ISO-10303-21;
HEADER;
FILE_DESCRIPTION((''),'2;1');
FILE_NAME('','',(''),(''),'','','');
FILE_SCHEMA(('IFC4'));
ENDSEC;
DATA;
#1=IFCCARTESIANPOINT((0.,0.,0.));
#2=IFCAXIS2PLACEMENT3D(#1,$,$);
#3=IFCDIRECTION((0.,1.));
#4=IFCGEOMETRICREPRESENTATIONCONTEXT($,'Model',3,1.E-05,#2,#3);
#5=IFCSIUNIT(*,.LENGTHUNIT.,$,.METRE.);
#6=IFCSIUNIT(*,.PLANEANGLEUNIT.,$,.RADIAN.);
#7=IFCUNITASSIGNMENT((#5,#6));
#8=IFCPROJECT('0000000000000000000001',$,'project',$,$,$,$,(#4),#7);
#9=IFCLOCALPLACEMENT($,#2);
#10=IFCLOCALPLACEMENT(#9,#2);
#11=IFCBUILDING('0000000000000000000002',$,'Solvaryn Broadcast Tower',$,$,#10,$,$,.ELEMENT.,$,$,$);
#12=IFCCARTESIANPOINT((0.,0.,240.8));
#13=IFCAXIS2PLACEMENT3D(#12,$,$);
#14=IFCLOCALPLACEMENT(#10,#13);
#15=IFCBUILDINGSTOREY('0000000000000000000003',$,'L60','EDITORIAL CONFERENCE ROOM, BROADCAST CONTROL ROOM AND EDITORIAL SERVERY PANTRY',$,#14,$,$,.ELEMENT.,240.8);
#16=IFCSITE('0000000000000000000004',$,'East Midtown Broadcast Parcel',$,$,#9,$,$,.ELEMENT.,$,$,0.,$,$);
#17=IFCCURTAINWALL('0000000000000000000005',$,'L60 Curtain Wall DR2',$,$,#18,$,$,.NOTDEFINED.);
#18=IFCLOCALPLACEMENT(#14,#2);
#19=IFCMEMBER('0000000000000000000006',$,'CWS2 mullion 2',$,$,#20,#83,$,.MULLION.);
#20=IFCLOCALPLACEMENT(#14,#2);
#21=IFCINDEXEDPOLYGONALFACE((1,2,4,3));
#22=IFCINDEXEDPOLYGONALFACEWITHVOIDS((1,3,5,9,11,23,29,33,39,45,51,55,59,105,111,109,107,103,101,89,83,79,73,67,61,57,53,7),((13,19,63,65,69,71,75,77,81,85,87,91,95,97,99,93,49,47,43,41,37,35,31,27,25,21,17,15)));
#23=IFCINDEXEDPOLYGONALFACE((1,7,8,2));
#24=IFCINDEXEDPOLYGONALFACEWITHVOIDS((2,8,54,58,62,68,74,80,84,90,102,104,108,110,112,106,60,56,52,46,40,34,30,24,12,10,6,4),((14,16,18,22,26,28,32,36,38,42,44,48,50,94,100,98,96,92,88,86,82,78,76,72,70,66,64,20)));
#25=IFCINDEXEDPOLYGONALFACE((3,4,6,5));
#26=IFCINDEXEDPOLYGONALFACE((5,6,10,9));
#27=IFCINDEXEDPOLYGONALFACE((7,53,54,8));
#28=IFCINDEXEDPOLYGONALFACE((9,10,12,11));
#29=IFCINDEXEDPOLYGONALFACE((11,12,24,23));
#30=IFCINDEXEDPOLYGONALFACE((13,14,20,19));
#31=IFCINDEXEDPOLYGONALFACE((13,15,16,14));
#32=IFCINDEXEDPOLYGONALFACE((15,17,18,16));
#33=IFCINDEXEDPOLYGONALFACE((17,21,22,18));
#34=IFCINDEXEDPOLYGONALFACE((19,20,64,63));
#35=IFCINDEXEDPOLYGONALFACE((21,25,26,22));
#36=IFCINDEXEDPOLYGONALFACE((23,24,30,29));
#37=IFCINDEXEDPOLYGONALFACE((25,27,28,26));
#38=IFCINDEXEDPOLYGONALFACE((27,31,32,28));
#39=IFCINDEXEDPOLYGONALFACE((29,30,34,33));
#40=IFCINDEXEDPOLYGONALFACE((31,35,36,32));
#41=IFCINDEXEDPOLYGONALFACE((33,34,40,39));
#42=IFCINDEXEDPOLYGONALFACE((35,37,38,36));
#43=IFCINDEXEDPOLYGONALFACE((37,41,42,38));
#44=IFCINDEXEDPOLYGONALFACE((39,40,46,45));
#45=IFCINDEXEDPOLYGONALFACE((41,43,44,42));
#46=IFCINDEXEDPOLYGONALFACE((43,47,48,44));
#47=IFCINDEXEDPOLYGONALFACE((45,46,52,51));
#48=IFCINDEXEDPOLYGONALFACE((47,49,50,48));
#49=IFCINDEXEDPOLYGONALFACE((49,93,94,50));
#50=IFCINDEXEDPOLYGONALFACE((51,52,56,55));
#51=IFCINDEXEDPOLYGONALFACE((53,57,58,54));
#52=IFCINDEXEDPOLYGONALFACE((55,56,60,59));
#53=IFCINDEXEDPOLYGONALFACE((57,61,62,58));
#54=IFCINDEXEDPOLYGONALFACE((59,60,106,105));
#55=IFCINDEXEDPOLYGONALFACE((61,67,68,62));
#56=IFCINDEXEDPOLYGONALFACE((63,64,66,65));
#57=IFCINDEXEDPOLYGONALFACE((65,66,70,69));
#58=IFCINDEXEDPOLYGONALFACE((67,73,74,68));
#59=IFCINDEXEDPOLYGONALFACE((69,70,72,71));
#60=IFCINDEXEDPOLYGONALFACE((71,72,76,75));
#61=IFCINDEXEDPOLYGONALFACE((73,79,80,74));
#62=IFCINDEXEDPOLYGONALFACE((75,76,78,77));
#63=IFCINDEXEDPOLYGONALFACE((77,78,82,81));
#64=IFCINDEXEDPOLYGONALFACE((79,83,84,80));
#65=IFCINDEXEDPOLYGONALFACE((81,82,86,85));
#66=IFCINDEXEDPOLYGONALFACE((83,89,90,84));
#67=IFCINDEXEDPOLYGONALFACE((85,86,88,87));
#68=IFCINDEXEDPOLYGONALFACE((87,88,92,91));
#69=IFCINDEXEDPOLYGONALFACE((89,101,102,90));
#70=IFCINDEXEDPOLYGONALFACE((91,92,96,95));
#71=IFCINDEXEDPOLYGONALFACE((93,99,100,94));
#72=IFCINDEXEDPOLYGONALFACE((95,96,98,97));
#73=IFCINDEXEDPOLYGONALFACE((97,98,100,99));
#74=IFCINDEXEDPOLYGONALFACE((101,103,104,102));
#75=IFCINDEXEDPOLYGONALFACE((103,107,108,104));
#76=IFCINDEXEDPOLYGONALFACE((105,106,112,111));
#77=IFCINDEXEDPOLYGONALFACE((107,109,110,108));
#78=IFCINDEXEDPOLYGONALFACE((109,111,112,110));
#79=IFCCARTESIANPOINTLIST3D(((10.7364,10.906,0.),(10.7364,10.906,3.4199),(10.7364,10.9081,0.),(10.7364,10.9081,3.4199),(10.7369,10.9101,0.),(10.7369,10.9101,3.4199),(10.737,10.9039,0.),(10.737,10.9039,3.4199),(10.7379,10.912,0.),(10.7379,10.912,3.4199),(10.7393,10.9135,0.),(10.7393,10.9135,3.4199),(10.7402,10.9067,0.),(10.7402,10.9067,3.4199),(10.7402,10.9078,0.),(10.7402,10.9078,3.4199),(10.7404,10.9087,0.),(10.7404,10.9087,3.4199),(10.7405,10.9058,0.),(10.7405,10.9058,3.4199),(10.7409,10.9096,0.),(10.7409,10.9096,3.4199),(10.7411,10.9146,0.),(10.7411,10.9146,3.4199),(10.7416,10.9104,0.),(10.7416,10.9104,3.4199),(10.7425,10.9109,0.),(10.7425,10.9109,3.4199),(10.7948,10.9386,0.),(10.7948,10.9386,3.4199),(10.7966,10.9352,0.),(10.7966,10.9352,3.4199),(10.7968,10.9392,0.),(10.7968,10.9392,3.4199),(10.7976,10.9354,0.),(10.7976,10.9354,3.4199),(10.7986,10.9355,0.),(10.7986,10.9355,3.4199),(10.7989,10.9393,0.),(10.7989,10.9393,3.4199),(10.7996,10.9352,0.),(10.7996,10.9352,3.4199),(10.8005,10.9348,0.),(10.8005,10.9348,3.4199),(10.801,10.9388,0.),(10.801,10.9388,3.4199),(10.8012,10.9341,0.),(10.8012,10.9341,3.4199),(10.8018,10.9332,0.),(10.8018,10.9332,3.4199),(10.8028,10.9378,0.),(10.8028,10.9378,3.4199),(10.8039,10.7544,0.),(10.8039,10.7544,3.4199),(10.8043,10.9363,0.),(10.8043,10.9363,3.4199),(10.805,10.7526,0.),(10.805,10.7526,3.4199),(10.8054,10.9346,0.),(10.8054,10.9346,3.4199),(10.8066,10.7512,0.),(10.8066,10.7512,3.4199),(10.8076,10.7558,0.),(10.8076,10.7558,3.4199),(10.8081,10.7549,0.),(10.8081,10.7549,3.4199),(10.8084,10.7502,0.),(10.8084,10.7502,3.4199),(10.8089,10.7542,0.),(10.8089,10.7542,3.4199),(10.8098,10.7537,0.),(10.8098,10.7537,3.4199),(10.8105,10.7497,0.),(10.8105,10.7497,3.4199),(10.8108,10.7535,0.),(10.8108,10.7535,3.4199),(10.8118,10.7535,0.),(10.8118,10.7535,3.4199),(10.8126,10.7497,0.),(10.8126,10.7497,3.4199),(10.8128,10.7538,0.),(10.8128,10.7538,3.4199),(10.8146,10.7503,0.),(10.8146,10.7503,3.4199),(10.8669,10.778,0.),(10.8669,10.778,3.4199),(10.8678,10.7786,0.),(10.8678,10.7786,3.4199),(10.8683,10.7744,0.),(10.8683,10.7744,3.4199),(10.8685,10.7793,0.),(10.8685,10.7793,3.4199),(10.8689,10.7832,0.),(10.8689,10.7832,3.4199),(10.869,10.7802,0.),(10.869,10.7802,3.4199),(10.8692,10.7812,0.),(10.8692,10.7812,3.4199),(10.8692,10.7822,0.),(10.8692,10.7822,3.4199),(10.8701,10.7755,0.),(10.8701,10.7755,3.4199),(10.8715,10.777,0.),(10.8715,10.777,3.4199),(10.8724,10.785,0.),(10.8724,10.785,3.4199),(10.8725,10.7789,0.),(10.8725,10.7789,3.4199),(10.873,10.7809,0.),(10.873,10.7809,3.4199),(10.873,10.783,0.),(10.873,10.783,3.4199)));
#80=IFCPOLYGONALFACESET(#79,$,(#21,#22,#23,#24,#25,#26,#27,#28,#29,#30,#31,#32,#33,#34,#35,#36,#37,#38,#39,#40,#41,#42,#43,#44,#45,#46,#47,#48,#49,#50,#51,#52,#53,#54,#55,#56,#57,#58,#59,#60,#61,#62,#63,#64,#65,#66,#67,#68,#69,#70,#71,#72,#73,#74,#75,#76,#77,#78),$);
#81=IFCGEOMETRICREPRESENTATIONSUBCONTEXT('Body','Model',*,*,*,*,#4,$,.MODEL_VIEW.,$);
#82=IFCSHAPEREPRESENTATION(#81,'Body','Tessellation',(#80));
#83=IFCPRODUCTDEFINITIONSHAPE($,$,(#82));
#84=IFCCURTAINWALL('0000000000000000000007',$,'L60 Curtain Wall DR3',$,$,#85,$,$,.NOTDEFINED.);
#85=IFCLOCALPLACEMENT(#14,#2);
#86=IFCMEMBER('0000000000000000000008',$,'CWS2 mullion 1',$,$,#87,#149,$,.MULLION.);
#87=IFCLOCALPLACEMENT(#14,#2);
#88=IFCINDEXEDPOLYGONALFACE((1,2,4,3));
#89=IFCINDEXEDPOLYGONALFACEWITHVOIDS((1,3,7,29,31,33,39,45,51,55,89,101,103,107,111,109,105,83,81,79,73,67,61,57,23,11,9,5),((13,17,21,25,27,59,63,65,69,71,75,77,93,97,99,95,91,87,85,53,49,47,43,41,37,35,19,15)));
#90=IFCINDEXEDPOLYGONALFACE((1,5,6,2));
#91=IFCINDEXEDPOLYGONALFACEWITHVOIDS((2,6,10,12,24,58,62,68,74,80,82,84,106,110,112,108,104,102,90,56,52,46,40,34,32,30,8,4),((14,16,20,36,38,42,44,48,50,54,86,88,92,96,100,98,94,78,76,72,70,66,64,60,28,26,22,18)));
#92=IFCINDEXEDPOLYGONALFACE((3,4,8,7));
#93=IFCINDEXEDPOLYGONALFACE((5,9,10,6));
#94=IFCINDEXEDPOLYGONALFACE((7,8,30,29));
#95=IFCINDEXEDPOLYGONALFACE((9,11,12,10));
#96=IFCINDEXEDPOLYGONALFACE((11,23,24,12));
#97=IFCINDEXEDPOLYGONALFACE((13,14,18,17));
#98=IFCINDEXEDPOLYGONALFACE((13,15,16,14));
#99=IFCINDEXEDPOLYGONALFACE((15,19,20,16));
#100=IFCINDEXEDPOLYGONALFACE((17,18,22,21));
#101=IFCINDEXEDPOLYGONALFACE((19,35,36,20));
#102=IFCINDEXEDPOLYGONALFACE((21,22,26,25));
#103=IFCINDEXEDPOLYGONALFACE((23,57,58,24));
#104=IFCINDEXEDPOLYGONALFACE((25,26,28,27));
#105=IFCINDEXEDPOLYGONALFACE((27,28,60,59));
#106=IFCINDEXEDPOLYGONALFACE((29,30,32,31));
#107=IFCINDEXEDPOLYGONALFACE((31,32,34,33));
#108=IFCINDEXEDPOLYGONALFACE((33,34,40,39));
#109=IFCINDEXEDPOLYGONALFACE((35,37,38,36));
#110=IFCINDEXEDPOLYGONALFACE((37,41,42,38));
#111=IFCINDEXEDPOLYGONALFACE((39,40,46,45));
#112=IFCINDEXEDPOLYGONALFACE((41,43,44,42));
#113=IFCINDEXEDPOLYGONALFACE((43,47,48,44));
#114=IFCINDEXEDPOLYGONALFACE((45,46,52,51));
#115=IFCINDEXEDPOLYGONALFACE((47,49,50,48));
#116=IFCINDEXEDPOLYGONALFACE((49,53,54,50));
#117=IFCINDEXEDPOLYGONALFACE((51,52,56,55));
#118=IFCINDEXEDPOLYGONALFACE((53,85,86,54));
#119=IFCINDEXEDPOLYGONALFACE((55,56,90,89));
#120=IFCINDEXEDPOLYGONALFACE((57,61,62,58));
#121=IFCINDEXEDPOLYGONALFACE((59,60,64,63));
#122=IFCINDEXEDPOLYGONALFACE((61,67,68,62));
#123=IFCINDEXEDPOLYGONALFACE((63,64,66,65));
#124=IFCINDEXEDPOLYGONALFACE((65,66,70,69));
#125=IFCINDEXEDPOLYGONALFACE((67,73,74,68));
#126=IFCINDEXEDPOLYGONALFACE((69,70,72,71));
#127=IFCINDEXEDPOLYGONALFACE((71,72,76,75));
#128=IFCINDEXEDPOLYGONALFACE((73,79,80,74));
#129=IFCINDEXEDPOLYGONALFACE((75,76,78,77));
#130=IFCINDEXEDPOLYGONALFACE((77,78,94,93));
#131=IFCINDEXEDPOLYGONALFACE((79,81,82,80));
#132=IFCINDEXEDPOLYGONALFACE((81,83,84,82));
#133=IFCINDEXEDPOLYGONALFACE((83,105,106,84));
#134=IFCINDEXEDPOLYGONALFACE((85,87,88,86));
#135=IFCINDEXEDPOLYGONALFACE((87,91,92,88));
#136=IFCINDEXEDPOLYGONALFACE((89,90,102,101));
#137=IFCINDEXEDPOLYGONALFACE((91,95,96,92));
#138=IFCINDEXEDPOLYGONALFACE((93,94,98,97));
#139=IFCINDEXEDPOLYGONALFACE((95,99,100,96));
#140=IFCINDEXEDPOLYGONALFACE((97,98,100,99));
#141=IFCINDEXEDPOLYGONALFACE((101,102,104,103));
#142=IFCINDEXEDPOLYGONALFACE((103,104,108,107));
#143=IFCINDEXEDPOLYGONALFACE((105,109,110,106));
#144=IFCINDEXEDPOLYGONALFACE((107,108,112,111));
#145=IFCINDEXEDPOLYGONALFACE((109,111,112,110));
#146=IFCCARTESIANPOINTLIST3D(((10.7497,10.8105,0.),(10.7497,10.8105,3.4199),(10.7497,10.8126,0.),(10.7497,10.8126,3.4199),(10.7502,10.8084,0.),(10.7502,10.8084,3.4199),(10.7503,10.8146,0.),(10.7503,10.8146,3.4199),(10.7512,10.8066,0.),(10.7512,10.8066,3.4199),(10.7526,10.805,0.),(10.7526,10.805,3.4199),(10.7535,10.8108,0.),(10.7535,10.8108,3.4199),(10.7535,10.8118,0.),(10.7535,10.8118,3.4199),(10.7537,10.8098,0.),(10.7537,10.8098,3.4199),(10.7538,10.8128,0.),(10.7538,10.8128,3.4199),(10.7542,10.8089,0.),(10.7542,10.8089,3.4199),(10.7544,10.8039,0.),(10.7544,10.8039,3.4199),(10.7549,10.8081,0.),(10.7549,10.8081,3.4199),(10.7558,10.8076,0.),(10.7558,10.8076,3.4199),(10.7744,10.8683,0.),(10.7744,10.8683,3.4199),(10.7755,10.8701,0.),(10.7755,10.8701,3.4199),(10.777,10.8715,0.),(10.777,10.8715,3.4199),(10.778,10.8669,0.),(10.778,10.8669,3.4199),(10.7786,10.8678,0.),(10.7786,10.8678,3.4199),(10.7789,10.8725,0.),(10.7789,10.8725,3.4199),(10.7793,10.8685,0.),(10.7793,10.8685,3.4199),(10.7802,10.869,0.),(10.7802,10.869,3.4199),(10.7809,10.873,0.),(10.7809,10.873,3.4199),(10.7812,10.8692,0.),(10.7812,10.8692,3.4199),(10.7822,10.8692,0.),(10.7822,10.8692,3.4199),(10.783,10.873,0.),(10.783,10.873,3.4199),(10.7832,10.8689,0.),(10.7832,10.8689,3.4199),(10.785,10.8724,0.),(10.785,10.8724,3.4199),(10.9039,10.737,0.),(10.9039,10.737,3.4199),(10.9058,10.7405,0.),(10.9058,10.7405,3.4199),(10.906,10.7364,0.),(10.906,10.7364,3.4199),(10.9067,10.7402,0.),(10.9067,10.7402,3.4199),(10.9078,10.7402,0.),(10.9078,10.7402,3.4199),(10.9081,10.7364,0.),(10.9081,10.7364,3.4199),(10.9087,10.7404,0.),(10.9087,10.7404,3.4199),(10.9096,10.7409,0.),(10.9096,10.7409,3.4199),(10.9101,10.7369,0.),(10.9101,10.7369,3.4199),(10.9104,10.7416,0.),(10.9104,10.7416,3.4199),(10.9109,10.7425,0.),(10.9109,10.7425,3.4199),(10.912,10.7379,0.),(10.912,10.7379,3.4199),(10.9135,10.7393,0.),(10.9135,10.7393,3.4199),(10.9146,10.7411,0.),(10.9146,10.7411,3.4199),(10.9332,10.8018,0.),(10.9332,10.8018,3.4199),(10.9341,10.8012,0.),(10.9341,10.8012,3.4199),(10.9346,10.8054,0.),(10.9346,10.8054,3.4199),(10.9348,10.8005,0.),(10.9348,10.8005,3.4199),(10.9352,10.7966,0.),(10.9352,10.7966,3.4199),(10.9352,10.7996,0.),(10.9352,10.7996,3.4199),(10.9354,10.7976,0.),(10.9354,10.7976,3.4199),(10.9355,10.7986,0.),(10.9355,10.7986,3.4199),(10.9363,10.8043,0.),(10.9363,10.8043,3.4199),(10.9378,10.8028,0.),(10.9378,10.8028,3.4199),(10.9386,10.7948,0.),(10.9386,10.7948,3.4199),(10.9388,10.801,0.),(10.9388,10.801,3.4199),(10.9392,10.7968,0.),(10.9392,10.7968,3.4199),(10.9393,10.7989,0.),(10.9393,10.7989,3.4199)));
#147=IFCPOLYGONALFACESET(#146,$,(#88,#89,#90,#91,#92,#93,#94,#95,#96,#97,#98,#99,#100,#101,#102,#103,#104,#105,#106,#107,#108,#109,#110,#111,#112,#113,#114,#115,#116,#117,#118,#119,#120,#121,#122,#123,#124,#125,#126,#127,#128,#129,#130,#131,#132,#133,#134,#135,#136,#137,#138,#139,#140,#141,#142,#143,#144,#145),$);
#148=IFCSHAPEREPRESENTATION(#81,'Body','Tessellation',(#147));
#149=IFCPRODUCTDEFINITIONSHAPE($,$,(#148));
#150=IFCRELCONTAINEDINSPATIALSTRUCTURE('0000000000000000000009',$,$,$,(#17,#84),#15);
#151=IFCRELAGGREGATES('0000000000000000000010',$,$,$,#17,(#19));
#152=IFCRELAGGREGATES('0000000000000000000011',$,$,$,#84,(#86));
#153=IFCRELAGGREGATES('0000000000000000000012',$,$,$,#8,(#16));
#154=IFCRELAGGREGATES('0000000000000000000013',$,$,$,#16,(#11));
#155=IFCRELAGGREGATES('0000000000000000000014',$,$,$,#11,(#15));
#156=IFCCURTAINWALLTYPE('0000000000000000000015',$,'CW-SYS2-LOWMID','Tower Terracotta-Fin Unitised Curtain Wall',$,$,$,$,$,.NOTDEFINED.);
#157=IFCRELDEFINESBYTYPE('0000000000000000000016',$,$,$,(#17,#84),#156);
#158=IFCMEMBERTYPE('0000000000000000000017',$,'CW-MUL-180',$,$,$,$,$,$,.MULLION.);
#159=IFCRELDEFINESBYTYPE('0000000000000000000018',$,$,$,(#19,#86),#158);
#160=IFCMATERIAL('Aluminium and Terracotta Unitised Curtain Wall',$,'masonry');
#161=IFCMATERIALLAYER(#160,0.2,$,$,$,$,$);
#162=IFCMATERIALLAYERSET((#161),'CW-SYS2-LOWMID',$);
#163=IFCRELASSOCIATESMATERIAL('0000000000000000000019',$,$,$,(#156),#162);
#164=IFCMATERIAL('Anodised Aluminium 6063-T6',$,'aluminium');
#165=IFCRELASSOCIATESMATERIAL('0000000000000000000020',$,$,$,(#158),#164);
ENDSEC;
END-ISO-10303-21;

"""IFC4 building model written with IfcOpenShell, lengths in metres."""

from ifc_helpers import new_model, si_unit, direction, frame, origin, origin_2d, place, context, subcontext, project, spatial, hollow_rectangle, extrude, material, layer, layer_set, material_profile, profile_set, type_object, element, aggregate, save


model = new_model("IFC4")

# Units and contexts
model_context = context("Model", 3, precision=1e-05, world=origin(), true_north=direction((0.0, 1.0)))
body_context = subcontext(model_context, "Body", "Model", "MODEL_VIEW")
ifc_project = project(units=[si_unit("LENGTHUNIT", "METRE"), si_unit("PLANEANGLEUNIT", "RADIAN")], contexts=[model_context])

# Site, building, storey
site_placement = place(None, origin())
site = spatial("IfcSite", under=ifc_project, at=site_placement, Name="East Midtown Broadcast Parcel", CompositionType="ELEMENT", RefElevation=0.0)
building_placement = place(site_placement, origin())
building = spatial("IfcBuilding", under=site, at=building_placement, Name="Solvaryn Broadcast Tower", CompositionType="ELEMENT")
storey_placement = place(building_placement, frame((0.0, 0.0, 240.8)))
storey = spatial("IfcBuildingStorey", under=building, at=storey_placement, Name="L60", Description="EDITORIAL CONFERENCE ROOM, BROADCAST CONTROL ROOM AND EDITORIAL SERVERY PANTRY", CompositionType="ELEMENT", Elevation=240.8)

# Curtain wall, member
ifc_material_1 = material(Name="Aluminium and Terracotta Unitised Curtain Wall", Category="masonry")
ifc_layer_1 = layer(ifc_material_1, 0.2)
ifc_layer_set_1 = layer_set([ifc_layer_1], Name="CW-SYS2-LOWMID")
curtain_wall_type = type_object("IfcCurtainWallType", Name="CW-SYS2-LOWMID", Description="Tower Terracotta-Fin Unitised Curtain Wall", PredefinedType="NOTDEFINED", material=ifc_layer_set_1)
curtain_wall_1_placement = place(storey_placement, origin())
curtain_wall_1 = element("IfcCurtainWall", 1, at=curtain_wall_1_placement, inside=storey, type_object=curtain_wall_type, Name="L60 Curtain Wall DR2", PredefinedType="NOTDEFINED")
ifc_material_2 = material(Name="Anodised Aluminium 6063-T6", Category="aluminium")
ifc_material_profile_1 = material_profile(ifc_material_2, hollow_rectangle(XDim=0.075, YDim=0.1799, WallThickness=0.0039, InnerFilletRadius=0.0039, OuterFilletRadius=0.0081, at=origin_2d()))
ifc_profile_set_1 = profile_set([ifc_material_profile_1], Name="Anodised Aluminium 6063-T6")
member_type_1 = type_object("IfcMemberType", Name="CW-MUL-180", PredefinedType="MULLION", material=ifc_profile_set_1)
member_1_placement = place(storey_placement, frame((10.8047, 10.8445, 0.0), z_axis=(0.0, 0.0, 1.0), x_axis=(0.912774, 0.408466, 0.0)))
member_1 = element("IfcMember", 2, at=member_1_placement, type_object=member_type_1, Name="CWS2 mullion 2", PredefinedType="MULLION", context=body_context, shape_type="SweptSolid", body=[
    extrude(hollow_rectangle(XDim=0.075, YDim=0.1799, WallThickness=0.0039, InnerFilletRadius=0.0039, OuterFilletRadius=0.0081, at=origin_2d()), origin(), (0.0, 0.0, 1.0), 3.4199),
])
aggregate(curtain_wall_1, [member_1])

# Curtain wall, member
curtain_wall_2_placement = place(storey_placement, origin())
curtain_wall_2 = element("IfcCurtainWall", 3, at=curtain_wall_2_placement, inside=storey, type_object=curtain_wall_type, Name="L60 Curtain Wall DR3", PredefinedType="NOTDEFINED")
member_2_placement = place(storey_placement, frame((10.8445, 10.8047, 0.0), z_axis=(0.0, 0.0, 1.0), x_axis=(0.408466, 0.912774, 0.0)))
member_2 = element("IfcMember", 4, at=member_2_placement, type_object=member_type_1, Name="CWS2 mullion 1", PredefinedType="MULLION", context=body_context, shape_type="SweptSolid", body=[
    extrude(hollow_rectangle(XDim=0.075, YDim=0.1799, WallThickness=0.0039, InnerFilletRadius=0.0039, OuterFilletRadius=0.0081, at=origin_2d()), origin(), (0.0, 0.0, 1.0), 3.4199),
])
aggregate(curtain_wall_2, [member_2])

save(model, "model.ifc")
